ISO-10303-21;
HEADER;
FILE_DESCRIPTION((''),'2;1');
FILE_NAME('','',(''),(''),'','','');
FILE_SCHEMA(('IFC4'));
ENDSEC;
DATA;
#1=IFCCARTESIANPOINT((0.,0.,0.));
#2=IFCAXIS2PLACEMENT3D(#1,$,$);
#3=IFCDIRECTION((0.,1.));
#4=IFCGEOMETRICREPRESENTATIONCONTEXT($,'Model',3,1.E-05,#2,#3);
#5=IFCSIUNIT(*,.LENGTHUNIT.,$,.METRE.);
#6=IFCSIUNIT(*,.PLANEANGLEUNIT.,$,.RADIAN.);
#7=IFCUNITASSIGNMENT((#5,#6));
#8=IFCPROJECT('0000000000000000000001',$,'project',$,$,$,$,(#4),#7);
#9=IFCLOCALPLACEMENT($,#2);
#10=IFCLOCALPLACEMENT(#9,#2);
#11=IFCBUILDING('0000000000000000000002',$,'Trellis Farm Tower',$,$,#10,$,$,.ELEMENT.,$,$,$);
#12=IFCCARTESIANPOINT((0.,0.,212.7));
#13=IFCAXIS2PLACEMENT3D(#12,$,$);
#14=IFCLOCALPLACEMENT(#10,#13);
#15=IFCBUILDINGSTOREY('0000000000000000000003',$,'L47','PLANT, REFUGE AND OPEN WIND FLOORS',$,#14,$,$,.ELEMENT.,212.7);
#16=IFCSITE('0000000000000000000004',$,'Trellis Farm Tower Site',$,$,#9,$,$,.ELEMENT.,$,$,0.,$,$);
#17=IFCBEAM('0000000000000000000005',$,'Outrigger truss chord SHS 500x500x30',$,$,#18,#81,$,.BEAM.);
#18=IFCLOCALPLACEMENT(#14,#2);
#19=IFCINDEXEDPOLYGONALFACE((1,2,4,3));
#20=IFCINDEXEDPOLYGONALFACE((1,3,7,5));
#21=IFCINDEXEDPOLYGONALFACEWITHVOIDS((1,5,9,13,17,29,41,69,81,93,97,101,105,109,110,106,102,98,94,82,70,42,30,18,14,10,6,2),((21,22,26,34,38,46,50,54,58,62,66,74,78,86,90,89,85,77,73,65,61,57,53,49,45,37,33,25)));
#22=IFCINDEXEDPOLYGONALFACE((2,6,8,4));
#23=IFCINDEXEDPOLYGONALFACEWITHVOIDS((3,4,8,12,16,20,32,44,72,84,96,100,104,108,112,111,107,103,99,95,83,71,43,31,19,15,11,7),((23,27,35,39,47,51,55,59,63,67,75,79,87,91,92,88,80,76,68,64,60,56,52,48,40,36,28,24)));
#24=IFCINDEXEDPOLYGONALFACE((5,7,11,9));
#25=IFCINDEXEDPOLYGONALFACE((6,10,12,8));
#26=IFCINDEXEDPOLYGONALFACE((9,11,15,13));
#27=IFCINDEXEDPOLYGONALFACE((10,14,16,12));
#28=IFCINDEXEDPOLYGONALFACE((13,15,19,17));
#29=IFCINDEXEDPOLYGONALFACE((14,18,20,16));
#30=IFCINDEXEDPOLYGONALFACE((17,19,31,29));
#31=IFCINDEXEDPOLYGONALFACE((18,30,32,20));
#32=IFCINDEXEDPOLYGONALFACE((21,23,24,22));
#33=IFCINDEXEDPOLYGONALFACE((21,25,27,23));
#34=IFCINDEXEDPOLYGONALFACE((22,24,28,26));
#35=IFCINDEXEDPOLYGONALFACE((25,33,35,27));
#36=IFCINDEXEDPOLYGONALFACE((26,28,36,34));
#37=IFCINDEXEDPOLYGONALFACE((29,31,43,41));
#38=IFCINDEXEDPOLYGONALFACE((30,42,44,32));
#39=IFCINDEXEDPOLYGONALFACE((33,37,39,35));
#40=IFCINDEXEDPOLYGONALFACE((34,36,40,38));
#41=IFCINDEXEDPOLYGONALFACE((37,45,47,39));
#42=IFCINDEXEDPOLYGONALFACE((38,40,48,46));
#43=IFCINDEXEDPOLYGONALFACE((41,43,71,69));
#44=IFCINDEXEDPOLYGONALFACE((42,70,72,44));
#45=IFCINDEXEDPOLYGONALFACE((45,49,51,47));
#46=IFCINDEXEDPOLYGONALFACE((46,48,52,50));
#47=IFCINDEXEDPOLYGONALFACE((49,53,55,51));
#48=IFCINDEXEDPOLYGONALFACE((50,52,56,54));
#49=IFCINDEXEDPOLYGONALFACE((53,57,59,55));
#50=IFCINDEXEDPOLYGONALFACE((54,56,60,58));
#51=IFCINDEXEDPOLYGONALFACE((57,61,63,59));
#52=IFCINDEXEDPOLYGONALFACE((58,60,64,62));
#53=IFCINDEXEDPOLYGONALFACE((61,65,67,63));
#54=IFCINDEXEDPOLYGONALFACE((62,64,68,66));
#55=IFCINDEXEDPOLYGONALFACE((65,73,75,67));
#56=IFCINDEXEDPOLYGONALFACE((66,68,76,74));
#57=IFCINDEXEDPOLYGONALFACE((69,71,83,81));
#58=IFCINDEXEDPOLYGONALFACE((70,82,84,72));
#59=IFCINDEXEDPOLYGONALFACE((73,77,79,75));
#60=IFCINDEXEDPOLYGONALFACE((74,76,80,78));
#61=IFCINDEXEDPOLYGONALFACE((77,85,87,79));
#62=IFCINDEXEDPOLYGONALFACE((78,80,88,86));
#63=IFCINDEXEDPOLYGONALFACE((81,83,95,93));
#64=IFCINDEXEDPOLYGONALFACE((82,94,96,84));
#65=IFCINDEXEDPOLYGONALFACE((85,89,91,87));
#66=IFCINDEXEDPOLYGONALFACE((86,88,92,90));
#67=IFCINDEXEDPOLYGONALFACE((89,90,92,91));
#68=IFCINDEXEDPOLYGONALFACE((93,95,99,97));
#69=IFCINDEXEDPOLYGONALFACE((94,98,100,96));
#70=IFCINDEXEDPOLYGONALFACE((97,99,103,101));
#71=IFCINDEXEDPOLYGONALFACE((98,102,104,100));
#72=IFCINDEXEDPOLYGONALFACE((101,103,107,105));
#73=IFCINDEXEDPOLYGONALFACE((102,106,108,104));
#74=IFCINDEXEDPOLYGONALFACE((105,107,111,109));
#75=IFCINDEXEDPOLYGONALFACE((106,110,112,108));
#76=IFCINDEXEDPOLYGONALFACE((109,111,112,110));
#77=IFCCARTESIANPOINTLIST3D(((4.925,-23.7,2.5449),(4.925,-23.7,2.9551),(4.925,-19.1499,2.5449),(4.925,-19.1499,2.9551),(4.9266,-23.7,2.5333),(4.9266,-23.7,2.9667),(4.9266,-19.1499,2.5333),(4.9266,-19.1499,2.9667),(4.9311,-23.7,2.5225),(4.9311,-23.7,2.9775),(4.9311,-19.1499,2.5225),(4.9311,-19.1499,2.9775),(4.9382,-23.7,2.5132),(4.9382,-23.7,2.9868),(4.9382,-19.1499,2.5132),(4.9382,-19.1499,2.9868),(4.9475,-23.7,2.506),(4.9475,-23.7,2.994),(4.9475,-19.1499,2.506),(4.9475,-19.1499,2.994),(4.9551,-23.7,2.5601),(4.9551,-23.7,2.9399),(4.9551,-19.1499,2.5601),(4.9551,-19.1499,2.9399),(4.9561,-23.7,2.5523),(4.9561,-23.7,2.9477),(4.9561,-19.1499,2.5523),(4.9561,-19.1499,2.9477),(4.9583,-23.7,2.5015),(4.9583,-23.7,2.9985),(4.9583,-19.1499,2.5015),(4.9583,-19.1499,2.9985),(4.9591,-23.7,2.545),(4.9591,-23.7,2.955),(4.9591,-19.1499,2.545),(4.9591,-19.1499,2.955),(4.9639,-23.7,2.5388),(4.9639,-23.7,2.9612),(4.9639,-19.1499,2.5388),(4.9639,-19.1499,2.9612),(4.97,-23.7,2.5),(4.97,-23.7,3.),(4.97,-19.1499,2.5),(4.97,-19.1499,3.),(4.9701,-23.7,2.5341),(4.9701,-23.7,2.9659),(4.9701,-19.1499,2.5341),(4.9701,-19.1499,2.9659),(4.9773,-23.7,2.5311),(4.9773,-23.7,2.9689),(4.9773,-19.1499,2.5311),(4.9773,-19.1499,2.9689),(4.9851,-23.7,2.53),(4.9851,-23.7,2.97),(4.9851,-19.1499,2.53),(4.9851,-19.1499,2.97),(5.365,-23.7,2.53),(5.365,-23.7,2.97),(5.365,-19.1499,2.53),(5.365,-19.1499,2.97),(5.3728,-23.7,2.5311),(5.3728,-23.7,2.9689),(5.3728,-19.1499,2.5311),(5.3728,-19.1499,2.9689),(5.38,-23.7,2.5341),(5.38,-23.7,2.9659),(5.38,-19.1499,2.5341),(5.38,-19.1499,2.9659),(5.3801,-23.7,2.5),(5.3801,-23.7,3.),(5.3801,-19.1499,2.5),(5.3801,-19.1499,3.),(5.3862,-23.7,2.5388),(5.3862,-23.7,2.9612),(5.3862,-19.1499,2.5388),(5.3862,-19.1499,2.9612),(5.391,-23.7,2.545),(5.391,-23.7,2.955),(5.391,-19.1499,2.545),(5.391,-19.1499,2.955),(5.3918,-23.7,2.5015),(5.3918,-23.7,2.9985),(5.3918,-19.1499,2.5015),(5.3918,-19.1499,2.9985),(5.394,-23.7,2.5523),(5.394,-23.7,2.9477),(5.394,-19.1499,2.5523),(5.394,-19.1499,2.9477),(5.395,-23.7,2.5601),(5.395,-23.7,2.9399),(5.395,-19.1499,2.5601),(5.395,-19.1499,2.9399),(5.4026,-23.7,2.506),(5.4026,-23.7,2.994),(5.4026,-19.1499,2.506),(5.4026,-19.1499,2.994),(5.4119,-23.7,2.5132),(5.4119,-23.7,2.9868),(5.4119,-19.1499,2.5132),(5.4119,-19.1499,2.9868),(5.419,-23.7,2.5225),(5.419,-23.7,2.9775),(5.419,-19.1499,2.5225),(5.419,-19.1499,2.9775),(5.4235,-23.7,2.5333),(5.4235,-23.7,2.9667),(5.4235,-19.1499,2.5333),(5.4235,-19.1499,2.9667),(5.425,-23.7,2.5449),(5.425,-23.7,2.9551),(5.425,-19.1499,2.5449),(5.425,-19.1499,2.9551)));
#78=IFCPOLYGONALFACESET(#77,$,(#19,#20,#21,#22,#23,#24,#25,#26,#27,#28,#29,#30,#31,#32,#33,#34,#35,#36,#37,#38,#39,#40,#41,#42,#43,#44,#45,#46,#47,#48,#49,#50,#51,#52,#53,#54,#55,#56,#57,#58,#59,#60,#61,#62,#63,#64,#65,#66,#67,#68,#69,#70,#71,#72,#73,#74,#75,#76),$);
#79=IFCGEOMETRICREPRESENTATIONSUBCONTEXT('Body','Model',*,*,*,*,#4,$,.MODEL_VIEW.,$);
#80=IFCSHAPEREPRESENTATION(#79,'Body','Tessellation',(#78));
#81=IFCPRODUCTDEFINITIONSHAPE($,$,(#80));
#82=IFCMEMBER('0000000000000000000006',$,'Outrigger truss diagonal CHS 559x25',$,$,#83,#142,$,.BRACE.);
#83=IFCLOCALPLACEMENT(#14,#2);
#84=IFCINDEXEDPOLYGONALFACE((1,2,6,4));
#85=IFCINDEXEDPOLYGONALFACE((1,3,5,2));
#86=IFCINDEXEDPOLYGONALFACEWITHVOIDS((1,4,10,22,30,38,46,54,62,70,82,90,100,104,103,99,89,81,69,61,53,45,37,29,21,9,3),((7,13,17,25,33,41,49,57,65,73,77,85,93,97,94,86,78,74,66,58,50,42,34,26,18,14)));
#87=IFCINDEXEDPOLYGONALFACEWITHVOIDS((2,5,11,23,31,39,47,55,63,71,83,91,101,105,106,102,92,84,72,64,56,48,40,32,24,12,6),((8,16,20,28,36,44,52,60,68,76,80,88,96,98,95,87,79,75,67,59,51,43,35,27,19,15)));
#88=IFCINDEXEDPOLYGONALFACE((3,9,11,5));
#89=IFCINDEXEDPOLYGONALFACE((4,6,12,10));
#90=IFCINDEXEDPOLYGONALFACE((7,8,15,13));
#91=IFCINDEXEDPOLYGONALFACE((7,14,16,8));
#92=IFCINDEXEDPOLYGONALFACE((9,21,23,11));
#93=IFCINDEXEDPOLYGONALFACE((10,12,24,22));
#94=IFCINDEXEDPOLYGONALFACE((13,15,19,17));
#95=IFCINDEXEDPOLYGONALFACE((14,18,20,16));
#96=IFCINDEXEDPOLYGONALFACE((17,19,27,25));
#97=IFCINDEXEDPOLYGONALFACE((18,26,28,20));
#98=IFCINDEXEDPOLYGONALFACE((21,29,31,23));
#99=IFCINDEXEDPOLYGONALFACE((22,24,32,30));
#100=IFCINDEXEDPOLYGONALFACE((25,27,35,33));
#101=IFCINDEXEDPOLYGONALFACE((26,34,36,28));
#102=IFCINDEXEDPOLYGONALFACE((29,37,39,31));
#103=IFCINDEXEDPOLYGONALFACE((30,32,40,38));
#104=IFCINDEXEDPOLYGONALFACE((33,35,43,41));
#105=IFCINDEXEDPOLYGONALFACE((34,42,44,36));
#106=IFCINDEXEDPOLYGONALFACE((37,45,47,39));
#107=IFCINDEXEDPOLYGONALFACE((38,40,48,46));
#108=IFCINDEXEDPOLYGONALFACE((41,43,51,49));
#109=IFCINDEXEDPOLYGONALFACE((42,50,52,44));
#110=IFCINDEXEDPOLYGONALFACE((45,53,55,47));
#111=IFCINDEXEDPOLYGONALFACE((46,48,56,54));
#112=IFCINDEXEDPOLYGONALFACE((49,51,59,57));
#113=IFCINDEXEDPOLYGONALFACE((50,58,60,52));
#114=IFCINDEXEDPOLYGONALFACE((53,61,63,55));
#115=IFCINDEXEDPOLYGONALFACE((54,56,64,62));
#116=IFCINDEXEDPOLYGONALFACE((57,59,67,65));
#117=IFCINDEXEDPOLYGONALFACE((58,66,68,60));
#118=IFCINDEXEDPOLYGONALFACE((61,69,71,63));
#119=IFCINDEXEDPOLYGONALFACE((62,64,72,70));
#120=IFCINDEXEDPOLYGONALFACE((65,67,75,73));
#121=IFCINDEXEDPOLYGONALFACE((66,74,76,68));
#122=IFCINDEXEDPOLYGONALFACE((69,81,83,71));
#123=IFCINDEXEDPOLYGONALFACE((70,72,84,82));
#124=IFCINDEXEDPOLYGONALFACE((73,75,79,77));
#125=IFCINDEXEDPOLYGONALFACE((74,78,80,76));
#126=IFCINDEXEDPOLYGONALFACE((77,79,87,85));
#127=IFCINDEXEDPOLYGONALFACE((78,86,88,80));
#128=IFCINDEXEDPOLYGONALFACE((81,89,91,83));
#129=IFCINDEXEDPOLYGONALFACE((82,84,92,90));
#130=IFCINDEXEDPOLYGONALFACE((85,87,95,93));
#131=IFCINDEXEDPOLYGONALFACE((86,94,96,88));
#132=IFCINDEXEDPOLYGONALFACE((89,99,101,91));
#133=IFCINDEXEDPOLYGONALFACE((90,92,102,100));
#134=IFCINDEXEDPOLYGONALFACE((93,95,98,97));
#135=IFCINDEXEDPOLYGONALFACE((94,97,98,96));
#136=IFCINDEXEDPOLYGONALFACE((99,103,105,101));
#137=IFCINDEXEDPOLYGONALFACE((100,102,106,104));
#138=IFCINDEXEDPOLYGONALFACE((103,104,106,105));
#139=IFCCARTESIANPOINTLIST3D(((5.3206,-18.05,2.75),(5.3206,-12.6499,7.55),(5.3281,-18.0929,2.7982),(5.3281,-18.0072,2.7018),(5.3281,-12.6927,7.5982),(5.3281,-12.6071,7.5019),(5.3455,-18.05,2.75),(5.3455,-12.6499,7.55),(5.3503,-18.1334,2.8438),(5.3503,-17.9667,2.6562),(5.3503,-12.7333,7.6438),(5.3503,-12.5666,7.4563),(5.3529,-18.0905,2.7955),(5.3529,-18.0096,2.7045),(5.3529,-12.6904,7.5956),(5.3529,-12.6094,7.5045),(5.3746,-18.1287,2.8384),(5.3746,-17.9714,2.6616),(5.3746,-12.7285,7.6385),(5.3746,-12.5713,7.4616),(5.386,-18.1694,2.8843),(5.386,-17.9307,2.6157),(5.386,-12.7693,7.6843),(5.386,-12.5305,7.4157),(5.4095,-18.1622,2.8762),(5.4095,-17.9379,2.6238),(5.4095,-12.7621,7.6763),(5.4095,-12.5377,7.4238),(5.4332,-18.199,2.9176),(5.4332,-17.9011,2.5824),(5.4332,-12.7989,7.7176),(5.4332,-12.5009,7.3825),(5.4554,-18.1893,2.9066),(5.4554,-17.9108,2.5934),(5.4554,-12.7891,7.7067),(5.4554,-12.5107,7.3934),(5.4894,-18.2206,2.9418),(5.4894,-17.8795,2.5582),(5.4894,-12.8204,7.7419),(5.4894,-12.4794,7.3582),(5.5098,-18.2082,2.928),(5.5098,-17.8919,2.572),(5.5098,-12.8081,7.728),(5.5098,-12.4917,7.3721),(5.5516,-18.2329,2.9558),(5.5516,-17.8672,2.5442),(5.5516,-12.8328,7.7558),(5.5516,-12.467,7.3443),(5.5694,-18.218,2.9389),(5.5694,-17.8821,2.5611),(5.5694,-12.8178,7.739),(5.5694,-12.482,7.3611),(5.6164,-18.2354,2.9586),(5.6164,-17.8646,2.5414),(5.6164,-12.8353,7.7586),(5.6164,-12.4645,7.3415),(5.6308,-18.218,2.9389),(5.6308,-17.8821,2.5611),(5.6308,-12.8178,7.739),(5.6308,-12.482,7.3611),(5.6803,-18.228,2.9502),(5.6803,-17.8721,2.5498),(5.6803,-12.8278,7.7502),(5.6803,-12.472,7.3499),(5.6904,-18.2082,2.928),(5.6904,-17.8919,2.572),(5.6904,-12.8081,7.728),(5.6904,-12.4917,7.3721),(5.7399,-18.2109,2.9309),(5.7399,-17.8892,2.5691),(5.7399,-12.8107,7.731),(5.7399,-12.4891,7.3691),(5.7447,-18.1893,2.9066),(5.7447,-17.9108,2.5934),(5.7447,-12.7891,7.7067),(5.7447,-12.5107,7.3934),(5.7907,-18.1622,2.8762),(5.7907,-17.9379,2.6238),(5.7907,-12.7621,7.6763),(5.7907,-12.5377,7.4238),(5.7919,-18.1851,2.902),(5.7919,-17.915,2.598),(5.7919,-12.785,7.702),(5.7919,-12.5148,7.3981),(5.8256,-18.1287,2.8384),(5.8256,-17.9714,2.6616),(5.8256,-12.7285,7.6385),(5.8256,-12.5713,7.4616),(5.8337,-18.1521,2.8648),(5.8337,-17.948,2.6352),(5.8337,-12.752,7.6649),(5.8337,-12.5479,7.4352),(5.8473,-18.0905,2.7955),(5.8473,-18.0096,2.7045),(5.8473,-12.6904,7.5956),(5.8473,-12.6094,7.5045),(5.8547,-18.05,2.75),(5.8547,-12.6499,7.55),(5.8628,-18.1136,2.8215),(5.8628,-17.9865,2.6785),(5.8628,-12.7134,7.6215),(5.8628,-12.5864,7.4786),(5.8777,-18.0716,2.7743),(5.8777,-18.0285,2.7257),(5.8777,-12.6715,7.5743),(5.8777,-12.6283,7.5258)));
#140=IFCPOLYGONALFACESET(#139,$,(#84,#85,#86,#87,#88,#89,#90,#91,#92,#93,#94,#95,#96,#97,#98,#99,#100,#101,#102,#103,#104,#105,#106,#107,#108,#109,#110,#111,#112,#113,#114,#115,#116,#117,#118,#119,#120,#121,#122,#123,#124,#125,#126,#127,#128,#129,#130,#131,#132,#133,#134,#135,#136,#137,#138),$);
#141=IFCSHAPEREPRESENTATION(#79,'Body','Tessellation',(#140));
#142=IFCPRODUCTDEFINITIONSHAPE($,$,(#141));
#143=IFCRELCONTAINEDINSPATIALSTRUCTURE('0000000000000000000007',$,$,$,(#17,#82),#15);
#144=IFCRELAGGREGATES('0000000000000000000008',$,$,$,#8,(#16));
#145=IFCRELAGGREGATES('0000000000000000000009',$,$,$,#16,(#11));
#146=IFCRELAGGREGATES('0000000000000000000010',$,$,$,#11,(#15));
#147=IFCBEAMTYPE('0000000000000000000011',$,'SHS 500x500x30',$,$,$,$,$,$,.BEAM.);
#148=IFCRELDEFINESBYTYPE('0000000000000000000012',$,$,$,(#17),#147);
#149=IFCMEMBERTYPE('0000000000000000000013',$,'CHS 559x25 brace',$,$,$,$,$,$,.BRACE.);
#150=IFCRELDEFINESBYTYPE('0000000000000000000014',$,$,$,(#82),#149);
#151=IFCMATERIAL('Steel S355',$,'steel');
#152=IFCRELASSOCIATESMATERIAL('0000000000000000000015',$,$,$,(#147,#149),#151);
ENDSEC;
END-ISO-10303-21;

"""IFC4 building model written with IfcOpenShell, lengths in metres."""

from ifc_helpers import new_model, si_unit, direction, frame, origin, origin_2d, place, context, subcontext, project, spatial, hollow_rectangle, hollow_circle, extrude, source, transform, mapped, material, material_profile, profile_set, type_object, element, save


model = new_model("IFC4")

# Units and contexts
model_context = context("Model", 3, precision=1e-05, world=origin(), true_north=direction((0.0, 1.0)))
body_context = subcontext(model_context, "Body", "Model", "MODEL_VIEW")
ifc_project = project(units=[si_unit("LENGTHUNIT", "METRE"), si_unit("PLANEANGLEUNIT", "RADIAN")], contexts=[model_context])

# Site, building, storey
site_placement = place(None, origin())
site = spatial("IfcSite", under=ifc_project, at=site_placement, Name="Trellis Farm Tower Site", CompositionType="ELEMENT", RefElevation=0.0)
building_placement = place(site_placement, origin())
building = spatial("IfcBuilding", under=site, at=building_placement, Name="Trellis Farm Tower", CompositionType="ELEMENT")
storey_placement = place(building_placement, frame((0.0, 0.0, 212.7)))
storey = spatial("IfcBuildingStorey", under=building, at=storey_placement, Name="L47", Description="PLANT, REFUGE AND OPEN WIND FLOORS", CompositionType="ELEMENT", Elevation=212.7)

# Beam
ifc_material_1 = material(Name="Steel S355", Category="steel")
ifc_material_profile_1 = material_profile(ifc_material_1, hollow_rectangle(XDim=0.5, YDim=0.5, WallThickness=0.03, InnerFilletRadius=0.03, OuterFilletRadius=0.0449, at=origin_2d()), Name="SHS 500x500x30")
ifc_profile_set_1 = profile_set([ifc_material_profile_1], Name="Steel S355")
beam_type_1 = type_object("IfcBeamType", Name="SHS 500x500x30", PredefinedType="BEAM", material=ifc_profile_set_1)
shared_shape_1 = source(origin(), body_context, "Body", "SweptSolid", [
    extrude(hollow_rectangle(XDim=0.5, YDim=0.5, WallThickness=0.03, InnerFilletRadius=0.03, OuterFilletRadius=0.0449, at=origin_2d()), origin(), (0.0, 0.0, 1.0), 4.55),
])
beam_1_placement = place(storey_placement, frame((5.175, -23.7, 2.75), z_axis=(0.0, 1.0, 0.0), x_axis=(-1.0, 0.0, 0.0)))
element("IfcBeam", 1, at=beam_1_placement, inside=storey, type_object=beam_type_1, Name="Outrigger truss chord SHS 500x500x30", PredefinedType="BEAM", context=body_context, shape_type="MappedRepresentation", body=[
    mapped(shared_shape_1, transform((0.0, 0.0, 0.0))),
])

# Member
ifc_material_profile_2 = material_profile(ifc_material_1, hollow_circle(Radius=0.2795, WallThickness=0.0249, at=origin_2d()), Name="CHS 559x25")
ifc_profile_set_2 = profile_set([ifc_material_profile_2], Name="Steel S355")
member_type = type_object("IfcMemberType", Name="CHS 559x25 brace", PredefinedType="BRACE", material=ifc_profile_set_2)
shared_shape_2 = source(origin(), body_context, "Body", "SweptSolid", [
    extrude(hollow_circle(Radius=0.2795, WallThickness=0.0249, at=origin_2d()), origin(), (0.0, 0.0, 1.0), 7.2251),
])
member_1_placement = place(storey_placement, frame((5.6001, -18.05, 2.75), z_axis=(0.0, 0.747415, 0.664358), x_axis=(-1.0, 0.0, 0.0)))
element("IfcMember", 2, at=member_1_placement, inside=storey, type_object=member_type, Name="Outrigger truss diagonal CHS 559x25", PredefinedType="BRACE", context=body_context, shape_type="MappedRepresentation", body=[
    mapped(shared_shape_2, transform((0.0, 0.0, 0.0))),
])

save(model, "model.ifc")
